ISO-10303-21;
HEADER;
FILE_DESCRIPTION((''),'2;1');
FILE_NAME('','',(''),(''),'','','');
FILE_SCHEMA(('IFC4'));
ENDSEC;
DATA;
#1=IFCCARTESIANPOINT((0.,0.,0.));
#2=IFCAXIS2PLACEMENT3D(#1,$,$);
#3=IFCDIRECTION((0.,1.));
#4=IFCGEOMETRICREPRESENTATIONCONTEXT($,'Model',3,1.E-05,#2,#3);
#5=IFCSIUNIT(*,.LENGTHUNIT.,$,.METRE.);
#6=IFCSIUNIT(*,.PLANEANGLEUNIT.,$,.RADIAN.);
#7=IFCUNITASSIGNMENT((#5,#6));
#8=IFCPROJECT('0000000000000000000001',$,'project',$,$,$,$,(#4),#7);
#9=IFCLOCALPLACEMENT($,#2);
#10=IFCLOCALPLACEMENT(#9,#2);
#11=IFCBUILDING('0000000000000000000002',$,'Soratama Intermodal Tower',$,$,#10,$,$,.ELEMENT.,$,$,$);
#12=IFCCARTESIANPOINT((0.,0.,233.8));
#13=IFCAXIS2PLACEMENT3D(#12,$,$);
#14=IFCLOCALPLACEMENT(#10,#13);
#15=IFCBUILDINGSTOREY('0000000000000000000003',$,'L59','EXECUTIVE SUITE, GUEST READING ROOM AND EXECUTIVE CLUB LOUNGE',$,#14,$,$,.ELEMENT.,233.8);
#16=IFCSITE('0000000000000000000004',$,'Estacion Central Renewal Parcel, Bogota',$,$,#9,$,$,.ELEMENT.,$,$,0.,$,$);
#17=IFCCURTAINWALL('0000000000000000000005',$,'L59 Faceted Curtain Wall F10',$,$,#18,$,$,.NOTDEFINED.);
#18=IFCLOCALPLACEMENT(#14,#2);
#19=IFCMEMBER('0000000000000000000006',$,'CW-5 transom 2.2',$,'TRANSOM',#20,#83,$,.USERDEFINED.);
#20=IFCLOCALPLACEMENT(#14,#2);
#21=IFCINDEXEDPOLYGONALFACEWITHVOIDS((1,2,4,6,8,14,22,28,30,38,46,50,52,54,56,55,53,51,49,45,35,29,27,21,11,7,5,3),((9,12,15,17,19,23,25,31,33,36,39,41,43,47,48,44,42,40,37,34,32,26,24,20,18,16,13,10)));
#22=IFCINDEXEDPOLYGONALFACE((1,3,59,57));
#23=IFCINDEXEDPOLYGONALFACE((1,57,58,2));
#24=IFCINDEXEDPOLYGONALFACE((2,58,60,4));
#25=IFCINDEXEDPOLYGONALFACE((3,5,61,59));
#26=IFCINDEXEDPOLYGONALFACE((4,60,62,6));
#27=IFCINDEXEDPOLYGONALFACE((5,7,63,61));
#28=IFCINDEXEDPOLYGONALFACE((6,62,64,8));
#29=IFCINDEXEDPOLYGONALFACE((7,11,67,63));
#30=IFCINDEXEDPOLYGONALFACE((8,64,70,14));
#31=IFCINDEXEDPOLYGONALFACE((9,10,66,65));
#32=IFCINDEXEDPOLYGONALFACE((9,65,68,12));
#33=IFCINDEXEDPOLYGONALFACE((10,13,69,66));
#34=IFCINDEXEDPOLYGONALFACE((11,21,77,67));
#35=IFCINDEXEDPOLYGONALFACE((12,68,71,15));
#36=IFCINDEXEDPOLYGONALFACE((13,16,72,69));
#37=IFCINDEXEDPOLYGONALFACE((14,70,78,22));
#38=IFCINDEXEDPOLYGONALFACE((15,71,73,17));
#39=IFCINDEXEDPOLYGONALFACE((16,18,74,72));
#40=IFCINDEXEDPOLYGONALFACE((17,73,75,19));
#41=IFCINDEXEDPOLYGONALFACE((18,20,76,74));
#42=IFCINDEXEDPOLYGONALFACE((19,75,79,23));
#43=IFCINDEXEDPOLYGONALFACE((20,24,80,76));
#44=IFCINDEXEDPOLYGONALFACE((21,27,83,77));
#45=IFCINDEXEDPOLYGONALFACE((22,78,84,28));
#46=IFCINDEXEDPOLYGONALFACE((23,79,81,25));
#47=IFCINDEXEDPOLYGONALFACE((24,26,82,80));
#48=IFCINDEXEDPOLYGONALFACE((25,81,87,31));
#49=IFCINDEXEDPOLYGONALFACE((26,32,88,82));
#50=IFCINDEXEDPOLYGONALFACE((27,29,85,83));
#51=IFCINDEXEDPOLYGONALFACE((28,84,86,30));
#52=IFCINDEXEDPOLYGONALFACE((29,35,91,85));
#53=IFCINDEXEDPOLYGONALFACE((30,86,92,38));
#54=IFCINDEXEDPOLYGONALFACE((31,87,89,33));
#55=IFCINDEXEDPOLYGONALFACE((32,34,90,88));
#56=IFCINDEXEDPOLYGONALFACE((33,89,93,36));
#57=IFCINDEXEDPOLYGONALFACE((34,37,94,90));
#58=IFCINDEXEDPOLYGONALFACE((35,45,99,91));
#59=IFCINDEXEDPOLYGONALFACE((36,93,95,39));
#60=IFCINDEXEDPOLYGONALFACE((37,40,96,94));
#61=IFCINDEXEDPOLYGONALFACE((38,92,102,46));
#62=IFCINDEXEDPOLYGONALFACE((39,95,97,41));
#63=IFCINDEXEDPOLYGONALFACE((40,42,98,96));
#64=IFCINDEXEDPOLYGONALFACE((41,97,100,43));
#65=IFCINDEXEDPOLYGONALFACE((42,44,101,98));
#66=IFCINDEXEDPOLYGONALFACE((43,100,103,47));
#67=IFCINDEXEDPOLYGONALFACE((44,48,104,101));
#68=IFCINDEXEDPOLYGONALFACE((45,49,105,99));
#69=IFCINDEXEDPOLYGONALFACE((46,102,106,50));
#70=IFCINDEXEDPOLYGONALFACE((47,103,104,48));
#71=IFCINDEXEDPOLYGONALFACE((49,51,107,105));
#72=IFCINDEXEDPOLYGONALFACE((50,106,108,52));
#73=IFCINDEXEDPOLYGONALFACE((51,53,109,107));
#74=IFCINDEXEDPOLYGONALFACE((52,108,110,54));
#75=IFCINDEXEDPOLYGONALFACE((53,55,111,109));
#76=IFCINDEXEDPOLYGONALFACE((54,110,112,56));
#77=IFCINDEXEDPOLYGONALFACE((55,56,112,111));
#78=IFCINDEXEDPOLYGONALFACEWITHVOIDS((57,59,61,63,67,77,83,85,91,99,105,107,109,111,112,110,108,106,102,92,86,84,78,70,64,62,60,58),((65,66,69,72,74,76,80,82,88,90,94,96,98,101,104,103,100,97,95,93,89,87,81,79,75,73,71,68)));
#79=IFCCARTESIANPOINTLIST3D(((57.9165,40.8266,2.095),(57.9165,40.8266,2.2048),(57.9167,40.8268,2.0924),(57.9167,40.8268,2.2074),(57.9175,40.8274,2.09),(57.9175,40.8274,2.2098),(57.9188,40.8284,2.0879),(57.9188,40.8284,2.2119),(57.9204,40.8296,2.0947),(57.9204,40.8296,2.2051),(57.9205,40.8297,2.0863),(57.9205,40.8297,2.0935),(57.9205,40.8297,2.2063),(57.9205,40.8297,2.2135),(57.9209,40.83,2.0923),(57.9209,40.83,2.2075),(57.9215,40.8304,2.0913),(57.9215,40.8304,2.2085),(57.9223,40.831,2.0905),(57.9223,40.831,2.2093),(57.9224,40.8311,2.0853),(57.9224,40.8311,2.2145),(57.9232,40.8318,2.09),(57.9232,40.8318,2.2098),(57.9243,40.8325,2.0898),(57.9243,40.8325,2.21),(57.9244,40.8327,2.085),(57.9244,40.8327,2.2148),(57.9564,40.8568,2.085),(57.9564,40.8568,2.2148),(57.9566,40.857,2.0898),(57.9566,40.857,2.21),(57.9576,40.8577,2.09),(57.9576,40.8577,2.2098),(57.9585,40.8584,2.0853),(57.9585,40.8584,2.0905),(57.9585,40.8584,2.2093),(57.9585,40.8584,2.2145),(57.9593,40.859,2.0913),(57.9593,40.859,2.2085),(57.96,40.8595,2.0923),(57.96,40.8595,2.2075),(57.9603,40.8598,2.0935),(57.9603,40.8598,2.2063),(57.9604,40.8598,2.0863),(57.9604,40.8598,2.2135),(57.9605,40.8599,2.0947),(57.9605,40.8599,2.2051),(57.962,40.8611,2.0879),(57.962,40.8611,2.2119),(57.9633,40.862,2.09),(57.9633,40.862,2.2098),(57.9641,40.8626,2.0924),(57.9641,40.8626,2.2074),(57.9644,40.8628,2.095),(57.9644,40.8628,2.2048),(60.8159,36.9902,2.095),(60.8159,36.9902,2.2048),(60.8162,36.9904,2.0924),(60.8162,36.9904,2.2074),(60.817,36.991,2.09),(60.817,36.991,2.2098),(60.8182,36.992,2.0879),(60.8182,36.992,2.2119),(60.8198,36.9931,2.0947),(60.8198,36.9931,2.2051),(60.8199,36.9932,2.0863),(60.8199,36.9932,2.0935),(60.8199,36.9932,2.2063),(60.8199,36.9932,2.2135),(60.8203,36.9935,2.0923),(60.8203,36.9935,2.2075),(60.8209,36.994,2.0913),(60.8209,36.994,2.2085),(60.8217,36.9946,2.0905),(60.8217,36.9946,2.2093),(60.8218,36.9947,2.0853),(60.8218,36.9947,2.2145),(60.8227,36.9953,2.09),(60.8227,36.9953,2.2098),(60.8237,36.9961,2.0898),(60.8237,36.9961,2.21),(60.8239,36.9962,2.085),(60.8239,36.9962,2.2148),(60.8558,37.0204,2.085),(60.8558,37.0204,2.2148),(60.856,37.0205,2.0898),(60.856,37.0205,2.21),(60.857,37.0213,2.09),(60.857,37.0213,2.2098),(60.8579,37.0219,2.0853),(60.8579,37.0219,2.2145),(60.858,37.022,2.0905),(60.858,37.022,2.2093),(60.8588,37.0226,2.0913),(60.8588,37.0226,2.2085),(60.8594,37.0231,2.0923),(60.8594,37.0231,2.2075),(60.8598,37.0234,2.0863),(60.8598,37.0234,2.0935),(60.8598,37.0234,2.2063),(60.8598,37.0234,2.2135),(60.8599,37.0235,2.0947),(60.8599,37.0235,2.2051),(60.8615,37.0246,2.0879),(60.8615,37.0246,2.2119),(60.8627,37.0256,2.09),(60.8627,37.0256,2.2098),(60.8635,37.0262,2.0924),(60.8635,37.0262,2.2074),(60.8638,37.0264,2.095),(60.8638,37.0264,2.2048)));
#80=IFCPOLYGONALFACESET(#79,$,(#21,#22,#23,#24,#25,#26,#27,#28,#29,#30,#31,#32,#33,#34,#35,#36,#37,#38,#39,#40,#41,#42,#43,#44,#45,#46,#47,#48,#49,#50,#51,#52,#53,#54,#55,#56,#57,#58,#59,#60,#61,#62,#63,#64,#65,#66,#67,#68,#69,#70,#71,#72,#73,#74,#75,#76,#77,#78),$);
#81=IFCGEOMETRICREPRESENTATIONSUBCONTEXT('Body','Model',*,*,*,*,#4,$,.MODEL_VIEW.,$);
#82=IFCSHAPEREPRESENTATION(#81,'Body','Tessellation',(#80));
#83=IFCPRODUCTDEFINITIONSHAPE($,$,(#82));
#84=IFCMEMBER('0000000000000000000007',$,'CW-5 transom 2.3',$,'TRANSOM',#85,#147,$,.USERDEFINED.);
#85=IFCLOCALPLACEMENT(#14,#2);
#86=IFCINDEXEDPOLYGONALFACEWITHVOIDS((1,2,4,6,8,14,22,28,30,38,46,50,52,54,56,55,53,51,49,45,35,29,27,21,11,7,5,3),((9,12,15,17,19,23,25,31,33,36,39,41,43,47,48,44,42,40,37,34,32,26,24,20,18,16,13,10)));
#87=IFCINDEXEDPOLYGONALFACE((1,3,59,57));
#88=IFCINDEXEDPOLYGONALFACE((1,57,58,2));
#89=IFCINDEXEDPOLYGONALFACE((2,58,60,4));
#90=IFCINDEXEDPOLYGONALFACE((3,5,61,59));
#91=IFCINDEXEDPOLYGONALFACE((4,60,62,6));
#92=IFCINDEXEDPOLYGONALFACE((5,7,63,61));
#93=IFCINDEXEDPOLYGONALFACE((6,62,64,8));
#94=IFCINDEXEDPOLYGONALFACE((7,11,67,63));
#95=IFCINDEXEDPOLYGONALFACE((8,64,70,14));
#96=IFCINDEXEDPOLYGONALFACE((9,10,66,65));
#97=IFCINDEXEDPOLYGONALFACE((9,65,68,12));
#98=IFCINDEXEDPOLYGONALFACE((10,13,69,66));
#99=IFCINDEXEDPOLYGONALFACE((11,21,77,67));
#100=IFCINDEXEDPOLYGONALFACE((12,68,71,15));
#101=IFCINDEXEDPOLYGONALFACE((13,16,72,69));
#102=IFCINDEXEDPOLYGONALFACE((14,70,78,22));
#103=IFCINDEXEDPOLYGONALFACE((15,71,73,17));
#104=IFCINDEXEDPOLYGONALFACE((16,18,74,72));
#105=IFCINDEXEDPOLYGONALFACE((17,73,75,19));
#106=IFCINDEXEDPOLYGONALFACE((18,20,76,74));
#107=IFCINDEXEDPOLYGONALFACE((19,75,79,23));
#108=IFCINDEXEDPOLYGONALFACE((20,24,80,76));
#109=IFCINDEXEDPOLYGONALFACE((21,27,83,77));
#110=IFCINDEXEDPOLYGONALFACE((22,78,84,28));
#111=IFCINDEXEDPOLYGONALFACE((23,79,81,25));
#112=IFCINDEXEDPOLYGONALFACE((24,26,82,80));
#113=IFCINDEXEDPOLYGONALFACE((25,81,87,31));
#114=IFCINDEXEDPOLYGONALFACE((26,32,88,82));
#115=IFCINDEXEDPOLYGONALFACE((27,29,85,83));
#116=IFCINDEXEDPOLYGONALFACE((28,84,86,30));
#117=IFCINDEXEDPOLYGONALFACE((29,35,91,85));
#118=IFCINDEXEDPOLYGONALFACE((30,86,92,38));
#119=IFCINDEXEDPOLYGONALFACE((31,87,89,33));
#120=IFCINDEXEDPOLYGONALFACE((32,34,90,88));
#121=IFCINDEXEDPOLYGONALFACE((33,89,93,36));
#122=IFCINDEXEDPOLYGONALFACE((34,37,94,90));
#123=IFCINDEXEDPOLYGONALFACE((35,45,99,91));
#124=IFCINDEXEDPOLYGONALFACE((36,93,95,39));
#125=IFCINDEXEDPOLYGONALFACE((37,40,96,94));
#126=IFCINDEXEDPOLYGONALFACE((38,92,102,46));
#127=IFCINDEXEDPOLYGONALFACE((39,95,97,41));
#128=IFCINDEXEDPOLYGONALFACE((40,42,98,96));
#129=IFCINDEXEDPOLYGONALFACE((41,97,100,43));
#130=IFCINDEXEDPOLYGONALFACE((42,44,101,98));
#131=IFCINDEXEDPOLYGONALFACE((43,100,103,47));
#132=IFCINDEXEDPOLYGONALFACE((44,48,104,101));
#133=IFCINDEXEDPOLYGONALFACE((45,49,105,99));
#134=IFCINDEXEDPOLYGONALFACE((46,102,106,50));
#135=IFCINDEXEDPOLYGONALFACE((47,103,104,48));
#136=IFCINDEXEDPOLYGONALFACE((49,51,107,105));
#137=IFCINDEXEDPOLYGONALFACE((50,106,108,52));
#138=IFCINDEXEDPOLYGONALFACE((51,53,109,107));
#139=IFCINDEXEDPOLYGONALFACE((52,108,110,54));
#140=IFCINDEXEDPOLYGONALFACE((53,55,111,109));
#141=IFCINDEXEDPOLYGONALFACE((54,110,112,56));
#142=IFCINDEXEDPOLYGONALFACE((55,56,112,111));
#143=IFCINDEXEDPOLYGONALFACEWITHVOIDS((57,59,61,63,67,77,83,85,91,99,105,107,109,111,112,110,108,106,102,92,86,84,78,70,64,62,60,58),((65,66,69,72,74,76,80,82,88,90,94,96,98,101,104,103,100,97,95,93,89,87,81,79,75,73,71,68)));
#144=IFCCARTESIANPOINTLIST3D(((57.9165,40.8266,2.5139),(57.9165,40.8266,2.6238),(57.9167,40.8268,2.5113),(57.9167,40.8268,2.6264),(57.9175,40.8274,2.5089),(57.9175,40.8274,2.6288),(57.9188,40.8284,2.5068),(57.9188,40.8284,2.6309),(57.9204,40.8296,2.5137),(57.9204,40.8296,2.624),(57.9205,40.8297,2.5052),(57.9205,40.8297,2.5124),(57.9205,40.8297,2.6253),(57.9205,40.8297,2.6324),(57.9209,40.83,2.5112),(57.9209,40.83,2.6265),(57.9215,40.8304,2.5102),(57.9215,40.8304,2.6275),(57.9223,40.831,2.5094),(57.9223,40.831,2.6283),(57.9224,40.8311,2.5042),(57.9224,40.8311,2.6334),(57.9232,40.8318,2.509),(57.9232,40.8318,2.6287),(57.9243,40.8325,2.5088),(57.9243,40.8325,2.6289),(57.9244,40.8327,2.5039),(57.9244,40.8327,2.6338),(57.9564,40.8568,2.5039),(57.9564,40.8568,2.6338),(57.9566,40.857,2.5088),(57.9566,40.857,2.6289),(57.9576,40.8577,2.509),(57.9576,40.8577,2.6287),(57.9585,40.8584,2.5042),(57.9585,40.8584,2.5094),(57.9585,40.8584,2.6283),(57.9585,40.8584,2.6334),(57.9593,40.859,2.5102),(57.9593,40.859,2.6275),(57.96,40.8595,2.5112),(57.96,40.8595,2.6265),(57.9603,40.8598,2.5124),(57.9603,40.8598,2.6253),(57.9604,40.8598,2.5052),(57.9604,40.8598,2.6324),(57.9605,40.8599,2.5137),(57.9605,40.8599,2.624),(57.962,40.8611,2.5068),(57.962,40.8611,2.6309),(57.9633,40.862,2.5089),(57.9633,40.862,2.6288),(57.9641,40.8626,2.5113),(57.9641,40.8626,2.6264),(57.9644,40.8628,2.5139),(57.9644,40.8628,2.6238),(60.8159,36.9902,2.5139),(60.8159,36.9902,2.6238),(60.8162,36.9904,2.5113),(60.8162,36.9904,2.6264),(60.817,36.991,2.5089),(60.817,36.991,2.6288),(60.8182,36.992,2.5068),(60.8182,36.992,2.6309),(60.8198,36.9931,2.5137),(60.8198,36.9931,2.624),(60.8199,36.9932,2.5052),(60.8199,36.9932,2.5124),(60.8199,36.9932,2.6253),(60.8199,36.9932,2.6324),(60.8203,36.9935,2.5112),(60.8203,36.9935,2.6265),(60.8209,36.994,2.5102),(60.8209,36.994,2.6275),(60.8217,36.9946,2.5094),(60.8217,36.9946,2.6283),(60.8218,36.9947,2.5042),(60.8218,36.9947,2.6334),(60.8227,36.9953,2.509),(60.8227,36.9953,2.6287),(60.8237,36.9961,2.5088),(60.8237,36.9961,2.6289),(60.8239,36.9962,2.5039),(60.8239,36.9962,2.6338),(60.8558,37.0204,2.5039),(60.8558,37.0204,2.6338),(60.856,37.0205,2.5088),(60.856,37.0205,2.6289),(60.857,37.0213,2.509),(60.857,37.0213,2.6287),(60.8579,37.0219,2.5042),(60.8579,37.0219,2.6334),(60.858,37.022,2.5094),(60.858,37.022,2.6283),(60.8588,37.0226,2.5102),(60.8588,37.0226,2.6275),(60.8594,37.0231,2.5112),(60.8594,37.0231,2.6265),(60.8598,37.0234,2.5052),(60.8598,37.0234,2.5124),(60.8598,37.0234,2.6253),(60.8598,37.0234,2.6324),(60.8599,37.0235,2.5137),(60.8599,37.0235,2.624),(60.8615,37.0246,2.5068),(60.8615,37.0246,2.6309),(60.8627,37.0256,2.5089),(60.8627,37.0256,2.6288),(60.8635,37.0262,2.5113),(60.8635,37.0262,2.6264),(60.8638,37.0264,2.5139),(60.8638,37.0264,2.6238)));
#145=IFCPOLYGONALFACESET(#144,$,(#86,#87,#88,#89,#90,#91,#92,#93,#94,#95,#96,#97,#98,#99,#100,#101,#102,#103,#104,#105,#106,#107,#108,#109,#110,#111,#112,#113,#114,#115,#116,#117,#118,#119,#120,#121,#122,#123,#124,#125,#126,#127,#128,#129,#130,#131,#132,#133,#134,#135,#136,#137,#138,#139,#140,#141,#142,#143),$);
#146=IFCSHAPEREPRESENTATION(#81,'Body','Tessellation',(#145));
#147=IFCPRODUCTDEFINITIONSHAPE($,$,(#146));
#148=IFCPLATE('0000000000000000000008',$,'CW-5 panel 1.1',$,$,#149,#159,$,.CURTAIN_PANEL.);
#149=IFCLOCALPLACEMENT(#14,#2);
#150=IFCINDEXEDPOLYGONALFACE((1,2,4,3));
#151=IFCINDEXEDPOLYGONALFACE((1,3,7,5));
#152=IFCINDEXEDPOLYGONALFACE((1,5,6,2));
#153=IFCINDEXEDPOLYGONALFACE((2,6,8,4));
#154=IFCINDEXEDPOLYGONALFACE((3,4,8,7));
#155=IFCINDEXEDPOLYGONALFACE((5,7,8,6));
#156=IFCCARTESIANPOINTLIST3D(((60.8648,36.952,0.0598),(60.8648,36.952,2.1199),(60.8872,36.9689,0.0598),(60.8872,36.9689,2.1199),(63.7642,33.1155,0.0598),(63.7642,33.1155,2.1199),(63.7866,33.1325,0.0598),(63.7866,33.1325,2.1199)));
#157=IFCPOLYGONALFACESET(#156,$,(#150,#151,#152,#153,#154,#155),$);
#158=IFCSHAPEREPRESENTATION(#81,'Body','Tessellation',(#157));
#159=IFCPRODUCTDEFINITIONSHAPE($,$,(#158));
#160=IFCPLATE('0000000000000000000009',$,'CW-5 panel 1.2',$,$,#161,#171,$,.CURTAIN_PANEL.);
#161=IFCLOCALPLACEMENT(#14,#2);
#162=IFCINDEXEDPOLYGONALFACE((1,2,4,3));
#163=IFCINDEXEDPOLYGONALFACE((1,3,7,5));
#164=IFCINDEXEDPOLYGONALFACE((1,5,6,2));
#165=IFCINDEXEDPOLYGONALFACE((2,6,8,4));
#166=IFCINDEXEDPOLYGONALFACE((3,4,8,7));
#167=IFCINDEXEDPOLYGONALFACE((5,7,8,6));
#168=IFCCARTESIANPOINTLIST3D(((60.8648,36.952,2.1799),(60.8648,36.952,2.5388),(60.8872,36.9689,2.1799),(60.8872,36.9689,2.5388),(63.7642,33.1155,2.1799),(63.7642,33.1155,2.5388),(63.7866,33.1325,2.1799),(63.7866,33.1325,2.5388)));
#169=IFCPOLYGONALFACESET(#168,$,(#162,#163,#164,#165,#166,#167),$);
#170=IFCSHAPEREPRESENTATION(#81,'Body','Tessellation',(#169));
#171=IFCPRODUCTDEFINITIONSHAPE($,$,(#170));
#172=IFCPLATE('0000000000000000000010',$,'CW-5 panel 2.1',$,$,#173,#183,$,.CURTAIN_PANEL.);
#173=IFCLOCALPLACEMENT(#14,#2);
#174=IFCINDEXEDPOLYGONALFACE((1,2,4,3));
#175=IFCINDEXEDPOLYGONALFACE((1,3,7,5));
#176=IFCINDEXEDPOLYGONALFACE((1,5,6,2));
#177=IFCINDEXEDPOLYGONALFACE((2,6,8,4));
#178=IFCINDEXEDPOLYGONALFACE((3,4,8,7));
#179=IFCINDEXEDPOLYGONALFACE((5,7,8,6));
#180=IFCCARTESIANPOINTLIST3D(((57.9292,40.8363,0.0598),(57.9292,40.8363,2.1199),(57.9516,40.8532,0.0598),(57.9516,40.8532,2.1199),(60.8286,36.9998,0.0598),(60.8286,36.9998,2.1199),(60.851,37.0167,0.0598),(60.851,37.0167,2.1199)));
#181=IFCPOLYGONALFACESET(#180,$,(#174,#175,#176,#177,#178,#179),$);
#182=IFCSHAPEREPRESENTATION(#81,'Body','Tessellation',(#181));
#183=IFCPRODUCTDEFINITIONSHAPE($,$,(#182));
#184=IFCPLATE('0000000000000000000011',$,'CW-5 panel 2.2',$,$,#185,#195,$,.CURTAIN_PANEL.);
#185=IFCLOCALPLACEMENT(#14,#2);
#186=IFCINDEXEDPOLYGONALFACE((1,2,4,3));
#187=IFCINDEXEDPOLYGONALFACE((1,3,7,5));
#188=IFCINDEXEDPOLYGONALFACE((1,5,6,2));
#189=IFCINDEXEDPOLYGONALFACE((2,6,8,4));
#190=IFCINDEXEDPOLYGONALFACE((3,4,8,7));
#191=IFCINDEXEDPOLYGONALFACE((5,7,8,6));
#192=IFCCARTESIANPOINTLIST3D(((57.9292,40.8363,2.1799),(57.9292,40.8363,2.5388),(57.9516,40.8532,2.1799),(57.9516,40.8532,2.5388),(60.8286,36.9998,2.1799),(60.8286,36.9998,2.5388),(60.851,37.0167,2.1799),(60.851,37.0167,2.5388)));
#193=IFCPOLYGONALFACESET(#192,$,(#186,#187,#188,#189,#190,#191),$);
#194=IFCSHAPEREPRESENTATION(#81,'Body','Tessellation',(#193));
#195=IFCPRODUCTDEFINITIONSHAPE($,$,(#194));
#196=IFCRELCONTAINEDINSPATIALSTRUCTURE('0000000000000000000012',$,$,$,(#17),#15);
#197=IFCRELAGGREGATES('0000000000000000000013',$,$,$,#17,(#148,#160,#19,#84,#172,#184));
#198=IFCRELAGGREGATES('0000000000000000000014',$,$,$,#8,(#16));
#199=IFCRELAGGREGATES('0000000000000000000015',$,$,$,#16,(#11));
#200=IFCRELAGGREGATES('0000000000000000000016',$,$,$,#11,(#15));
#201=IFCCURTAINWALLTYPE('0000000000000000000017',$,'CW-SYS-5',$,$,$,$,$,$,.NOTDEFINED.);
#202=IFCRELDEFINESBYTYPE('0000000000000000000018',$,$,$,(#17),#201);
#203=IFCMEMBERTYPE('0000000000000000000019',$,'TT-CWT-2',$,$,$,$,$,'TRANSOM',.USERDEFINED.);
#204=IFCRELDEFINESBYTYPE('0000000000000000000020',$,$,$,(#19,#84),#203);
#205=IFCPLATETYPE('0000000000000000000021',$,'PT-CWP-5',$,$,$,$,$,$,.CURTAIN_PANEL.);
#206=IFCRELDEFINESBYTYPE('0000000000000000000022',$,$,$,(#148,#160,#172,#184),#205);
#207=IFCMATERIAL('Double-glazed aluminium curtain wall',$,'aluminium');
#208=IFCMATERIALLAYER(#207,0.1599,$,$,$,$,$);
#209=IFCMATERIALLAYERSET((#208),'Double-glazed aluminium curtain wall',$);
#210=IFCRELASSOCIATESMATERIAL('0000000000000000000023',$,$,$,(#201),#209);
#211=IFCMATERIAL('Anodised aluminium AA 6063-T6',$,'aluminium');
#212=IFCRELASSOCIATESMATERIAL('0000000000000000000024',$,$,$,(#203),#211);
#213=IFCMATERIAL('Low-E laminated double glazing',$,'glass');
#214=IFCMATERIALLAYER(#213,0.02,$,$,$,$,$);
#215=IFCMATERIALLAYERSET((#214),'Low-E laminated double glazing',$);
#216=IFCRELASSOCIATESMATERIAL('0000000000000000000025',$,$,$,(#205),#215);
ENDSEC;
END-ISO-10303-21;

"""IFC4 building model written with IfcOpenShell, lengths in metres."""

from ifc_helpers import new_model, si_unit, direction, frame, origin, origin_2d, place, context, subcontext, project, spatial, rectangle, hollow_rectangle, extrude, material, layer, layer_set, material_profile, profile_set, type_object, element, aggregate, save


model = new_model("IFC4")

# Units and contexts
model_context = context("Model", 3, precision=1e-05, world=origin(), true_north=direction((0.0, 1.0)))
body_context = subcontext(model_context, "Body", "Model", "MODEL_VIEW")
ifc_project = project(units=[si_unit("LENGTHUNIT", "METRE"), si_unit("PLANEANGLEUNIT", "RADIAN")], contexts=[model_context])

# Site, building, storey
site_placement = place(None, origin())
site = spatial("IfcSite", under=ifc_project, at=site_placement, Name="Estacion Central Renewal Parcel, Bogota", CompositionType="ELEMENT", RefElevation=0.0)
building_placement = place(site_placement, origin())
building = spatial("IfcBuilding", under=site, at=building_placement, Name="Soratama Intermodal Tower", CompositionType="ELEMENT")
storey_placement = place(building_placement, frame((0.0, 0.0, 233.8)))
storey = spatial("IfcBuildingStorey", under=building, at=storey_placement, Name="L59", Description="EXECUTIVE SUITE, GUEST READING ROOM AND EXECUTIVE CLUB LOUNGE", CompositionType="ELEMENT", Elevation=233.8)

# Curtain wall, members, plates
ifc_material_1 = material(Name="Double-glazed aluminium curtain wall", Category="aluminium")
ifc_layer_1 = layer(ifc_material_1, 0.1599)
ifc_layer_set_1 = layer_set([ifc_layer_1], Name="Double-glazed aluminium curtain wall")
curtain_wall_type = type_object("IfcCurtainWallType", Name="CW-SYS-5", PredefinedType="NOTDEFINED", material=ifc_layer_set_1)
curtain_wall_placement = place(storey_placement, origin())
curtain_wall = element("IfcCurtainWall", 1, at=curtain_wall_placement, inside=storey, type_object=curtain_wall_type, Name="L59 Faceted Curtain Wall F10", PredefinedType="NOTDEFINED")
ifc_material_2 = material(Name="Anodised aluminium AA 6063-T6", Category="aluminium")
ifc_material_profile_1 = material_profile(ifc_material_2, hollow_rectangle(XDim=0.0601, YDim=0.1299, WallThickness=0.0049, InnerFilletRadius=0.0049, OuterFilletRadius=0.01, at=origin_2d()), Name="CWT130X60X5")
ifc_profile_set_1 = profile_set([ifc_material_profile_1], Name="Anodised aluminium AA 6063-T6")
member_type_1 = type_object("IfcMemberType", Name="TT-CWT-2", ElementType="TRANSOM", PredefinedType="USERDEFINED", material=ifc_profile_set_1)
member_1_placement = place(storey_placement, frame((60.8398, 37.0083, 2.1499), z_axis=(-0.602937, 0.797789, 0.0), x_axis=(-0.797789, -0.602937, 0.0)))
member_1 = element("IfcMember", 2, at=member_1_placement, type_object=member_type_1, Name="CW-5 transom 2.2", ObjectType="TRANSOM", PredefinedType="USERDEFINED", context=body_context, shape_type="SweptSolid", body=[
    extrude(hollow_rectangle(XDim=0.0601, YDim=0.1299, WallThickness=0.0049, InnerFilletRadius=0.0049, OuterFilletRadius=0.01, at=origin_2d()), origin(), (0.0, 0.0, 1.0), 4.8088),
])
member_2_placement = place(storey_placement, frame((60.8398, 37.0083, 2.5688), z_axis=(-0.602937, 0.797789, 0.0), x_axis=(-0.797789, -0.602937, 0.0)))
member_2 = element("IfcMember", 3, at=member_2_placement, type_object=member_type_1, Name="CW-5 transom 2.3", ObjectType="TRANSOM", PredefinedType="USERDEFINED", context=body_context, shape_type="SweptSolid", body=[
    extrude(hollow_rectangle(XDim=0.0601, YDim=0.1299, WallThickness=0.0049, InnerFilletRadius=0.0049, OuterFilletRadius=0.01, at=origin_2d()), origin(), (0.0, 0.0, 1.0), 4.8088),
])
ifc_material_3 = material(Name="Low-E laminated double glazing", Category="glass")
ifc_layer_2 = layer(ifc_material_3, 0.02)
ifc_layer_set_2 = layer_set([ifc_layer_2], Name="Low-E laminated double glazing")
plate_type = type_object("IfcPlateType", Name="PT-CWP-5", PredefinedType="CURTAIN_PANEL", material=ifc_layer_set_2)
plate_1_placement = place(storey_placement, frame((62.3257, 35.0422, 0.0598), z_axis=(0.0, 0.0, 1.0), x_axis=(-0.602931, 0.797794, 0.0)))
plate_1 = element("IfcPlate", 4, at=plate_1_placement, type_object=plate_type, Name="CW-5 panel 1.1", PredefinedType="CURTAIN_PANEL", context=body_context, shape_type="SweptSolid", body=[
    extrude(rectangle(XDim=4.8088, YDim=0.0281, at=origin_2d()), origin(), (0.0, 0.0, 1.0), 2.0601),
])
plate_2_placement = place(storey_placement, frame((62.3257, 35.0422, 2.1799), z_axis=(0.0, 0.0, 1.0), x_axis=(-0.602931, 0.797794, 0.0)))
plate_2 = element("IfcPlate", 5, at=plate_2_placement, type_object=plate_type, Name="CW-5 panel 1.2", PredefinedType="CURTAIN_PANEL", context=body_context, shape_type="SweptSolid", body=[
    extrude(rectangle(XDim=4.8088, YDim=0.0281, at=origin_2d()), origin(), (0.0, 0.0, 1.0), 0.3589),
])
plate_3_placement = place(storey_placement, frame((59.3901, 38.9265, 0.0598), z_axis=(0.0, 0.0, 1.0), x_axis=(-0.602931, 0.797794, 0.0)))
plate_3 = element("IfcPlate", 6, at=plate_3_placement, type_object=plate_type, Name="CW-5 panel 2.1", PredefinedType="CURTAIN_PANEL", context=body_context, shape_type="SweptSolid", body=[
    extrude(rectangle(XDim=4.8088, YDim=0.0281, at=origin_2d()), origin(), (0.0, 0.0, 1.0), 2.0601),
])
plate_4_placement = place(storey_placement, frame((59.3901, 38.9265, 2.1799), z_axis=(0.0, 0.0, 1.0), x_axis=(-0.602931, 0.797794, 0.0)))
plate_4 = element("IfcPlate", 7, at=plate_4_placement, type_object=plate_type, Name="CW-5 panel 2.2", PredefinedType="CURTAIN_PANEL", context=body_context, shape_type="SweptSolid", body=[
    extrude(rectangle(XDim=4.8088, YDim=0.0281, at=origin_2d()), origin(), (0.0, 0.0, 1.0), 0.3589),
])
aggregate(curtain_wall, [plate_1, plate_2, member_1, member_2, plate_3, plate_4])

save(model, "model.ifc")
